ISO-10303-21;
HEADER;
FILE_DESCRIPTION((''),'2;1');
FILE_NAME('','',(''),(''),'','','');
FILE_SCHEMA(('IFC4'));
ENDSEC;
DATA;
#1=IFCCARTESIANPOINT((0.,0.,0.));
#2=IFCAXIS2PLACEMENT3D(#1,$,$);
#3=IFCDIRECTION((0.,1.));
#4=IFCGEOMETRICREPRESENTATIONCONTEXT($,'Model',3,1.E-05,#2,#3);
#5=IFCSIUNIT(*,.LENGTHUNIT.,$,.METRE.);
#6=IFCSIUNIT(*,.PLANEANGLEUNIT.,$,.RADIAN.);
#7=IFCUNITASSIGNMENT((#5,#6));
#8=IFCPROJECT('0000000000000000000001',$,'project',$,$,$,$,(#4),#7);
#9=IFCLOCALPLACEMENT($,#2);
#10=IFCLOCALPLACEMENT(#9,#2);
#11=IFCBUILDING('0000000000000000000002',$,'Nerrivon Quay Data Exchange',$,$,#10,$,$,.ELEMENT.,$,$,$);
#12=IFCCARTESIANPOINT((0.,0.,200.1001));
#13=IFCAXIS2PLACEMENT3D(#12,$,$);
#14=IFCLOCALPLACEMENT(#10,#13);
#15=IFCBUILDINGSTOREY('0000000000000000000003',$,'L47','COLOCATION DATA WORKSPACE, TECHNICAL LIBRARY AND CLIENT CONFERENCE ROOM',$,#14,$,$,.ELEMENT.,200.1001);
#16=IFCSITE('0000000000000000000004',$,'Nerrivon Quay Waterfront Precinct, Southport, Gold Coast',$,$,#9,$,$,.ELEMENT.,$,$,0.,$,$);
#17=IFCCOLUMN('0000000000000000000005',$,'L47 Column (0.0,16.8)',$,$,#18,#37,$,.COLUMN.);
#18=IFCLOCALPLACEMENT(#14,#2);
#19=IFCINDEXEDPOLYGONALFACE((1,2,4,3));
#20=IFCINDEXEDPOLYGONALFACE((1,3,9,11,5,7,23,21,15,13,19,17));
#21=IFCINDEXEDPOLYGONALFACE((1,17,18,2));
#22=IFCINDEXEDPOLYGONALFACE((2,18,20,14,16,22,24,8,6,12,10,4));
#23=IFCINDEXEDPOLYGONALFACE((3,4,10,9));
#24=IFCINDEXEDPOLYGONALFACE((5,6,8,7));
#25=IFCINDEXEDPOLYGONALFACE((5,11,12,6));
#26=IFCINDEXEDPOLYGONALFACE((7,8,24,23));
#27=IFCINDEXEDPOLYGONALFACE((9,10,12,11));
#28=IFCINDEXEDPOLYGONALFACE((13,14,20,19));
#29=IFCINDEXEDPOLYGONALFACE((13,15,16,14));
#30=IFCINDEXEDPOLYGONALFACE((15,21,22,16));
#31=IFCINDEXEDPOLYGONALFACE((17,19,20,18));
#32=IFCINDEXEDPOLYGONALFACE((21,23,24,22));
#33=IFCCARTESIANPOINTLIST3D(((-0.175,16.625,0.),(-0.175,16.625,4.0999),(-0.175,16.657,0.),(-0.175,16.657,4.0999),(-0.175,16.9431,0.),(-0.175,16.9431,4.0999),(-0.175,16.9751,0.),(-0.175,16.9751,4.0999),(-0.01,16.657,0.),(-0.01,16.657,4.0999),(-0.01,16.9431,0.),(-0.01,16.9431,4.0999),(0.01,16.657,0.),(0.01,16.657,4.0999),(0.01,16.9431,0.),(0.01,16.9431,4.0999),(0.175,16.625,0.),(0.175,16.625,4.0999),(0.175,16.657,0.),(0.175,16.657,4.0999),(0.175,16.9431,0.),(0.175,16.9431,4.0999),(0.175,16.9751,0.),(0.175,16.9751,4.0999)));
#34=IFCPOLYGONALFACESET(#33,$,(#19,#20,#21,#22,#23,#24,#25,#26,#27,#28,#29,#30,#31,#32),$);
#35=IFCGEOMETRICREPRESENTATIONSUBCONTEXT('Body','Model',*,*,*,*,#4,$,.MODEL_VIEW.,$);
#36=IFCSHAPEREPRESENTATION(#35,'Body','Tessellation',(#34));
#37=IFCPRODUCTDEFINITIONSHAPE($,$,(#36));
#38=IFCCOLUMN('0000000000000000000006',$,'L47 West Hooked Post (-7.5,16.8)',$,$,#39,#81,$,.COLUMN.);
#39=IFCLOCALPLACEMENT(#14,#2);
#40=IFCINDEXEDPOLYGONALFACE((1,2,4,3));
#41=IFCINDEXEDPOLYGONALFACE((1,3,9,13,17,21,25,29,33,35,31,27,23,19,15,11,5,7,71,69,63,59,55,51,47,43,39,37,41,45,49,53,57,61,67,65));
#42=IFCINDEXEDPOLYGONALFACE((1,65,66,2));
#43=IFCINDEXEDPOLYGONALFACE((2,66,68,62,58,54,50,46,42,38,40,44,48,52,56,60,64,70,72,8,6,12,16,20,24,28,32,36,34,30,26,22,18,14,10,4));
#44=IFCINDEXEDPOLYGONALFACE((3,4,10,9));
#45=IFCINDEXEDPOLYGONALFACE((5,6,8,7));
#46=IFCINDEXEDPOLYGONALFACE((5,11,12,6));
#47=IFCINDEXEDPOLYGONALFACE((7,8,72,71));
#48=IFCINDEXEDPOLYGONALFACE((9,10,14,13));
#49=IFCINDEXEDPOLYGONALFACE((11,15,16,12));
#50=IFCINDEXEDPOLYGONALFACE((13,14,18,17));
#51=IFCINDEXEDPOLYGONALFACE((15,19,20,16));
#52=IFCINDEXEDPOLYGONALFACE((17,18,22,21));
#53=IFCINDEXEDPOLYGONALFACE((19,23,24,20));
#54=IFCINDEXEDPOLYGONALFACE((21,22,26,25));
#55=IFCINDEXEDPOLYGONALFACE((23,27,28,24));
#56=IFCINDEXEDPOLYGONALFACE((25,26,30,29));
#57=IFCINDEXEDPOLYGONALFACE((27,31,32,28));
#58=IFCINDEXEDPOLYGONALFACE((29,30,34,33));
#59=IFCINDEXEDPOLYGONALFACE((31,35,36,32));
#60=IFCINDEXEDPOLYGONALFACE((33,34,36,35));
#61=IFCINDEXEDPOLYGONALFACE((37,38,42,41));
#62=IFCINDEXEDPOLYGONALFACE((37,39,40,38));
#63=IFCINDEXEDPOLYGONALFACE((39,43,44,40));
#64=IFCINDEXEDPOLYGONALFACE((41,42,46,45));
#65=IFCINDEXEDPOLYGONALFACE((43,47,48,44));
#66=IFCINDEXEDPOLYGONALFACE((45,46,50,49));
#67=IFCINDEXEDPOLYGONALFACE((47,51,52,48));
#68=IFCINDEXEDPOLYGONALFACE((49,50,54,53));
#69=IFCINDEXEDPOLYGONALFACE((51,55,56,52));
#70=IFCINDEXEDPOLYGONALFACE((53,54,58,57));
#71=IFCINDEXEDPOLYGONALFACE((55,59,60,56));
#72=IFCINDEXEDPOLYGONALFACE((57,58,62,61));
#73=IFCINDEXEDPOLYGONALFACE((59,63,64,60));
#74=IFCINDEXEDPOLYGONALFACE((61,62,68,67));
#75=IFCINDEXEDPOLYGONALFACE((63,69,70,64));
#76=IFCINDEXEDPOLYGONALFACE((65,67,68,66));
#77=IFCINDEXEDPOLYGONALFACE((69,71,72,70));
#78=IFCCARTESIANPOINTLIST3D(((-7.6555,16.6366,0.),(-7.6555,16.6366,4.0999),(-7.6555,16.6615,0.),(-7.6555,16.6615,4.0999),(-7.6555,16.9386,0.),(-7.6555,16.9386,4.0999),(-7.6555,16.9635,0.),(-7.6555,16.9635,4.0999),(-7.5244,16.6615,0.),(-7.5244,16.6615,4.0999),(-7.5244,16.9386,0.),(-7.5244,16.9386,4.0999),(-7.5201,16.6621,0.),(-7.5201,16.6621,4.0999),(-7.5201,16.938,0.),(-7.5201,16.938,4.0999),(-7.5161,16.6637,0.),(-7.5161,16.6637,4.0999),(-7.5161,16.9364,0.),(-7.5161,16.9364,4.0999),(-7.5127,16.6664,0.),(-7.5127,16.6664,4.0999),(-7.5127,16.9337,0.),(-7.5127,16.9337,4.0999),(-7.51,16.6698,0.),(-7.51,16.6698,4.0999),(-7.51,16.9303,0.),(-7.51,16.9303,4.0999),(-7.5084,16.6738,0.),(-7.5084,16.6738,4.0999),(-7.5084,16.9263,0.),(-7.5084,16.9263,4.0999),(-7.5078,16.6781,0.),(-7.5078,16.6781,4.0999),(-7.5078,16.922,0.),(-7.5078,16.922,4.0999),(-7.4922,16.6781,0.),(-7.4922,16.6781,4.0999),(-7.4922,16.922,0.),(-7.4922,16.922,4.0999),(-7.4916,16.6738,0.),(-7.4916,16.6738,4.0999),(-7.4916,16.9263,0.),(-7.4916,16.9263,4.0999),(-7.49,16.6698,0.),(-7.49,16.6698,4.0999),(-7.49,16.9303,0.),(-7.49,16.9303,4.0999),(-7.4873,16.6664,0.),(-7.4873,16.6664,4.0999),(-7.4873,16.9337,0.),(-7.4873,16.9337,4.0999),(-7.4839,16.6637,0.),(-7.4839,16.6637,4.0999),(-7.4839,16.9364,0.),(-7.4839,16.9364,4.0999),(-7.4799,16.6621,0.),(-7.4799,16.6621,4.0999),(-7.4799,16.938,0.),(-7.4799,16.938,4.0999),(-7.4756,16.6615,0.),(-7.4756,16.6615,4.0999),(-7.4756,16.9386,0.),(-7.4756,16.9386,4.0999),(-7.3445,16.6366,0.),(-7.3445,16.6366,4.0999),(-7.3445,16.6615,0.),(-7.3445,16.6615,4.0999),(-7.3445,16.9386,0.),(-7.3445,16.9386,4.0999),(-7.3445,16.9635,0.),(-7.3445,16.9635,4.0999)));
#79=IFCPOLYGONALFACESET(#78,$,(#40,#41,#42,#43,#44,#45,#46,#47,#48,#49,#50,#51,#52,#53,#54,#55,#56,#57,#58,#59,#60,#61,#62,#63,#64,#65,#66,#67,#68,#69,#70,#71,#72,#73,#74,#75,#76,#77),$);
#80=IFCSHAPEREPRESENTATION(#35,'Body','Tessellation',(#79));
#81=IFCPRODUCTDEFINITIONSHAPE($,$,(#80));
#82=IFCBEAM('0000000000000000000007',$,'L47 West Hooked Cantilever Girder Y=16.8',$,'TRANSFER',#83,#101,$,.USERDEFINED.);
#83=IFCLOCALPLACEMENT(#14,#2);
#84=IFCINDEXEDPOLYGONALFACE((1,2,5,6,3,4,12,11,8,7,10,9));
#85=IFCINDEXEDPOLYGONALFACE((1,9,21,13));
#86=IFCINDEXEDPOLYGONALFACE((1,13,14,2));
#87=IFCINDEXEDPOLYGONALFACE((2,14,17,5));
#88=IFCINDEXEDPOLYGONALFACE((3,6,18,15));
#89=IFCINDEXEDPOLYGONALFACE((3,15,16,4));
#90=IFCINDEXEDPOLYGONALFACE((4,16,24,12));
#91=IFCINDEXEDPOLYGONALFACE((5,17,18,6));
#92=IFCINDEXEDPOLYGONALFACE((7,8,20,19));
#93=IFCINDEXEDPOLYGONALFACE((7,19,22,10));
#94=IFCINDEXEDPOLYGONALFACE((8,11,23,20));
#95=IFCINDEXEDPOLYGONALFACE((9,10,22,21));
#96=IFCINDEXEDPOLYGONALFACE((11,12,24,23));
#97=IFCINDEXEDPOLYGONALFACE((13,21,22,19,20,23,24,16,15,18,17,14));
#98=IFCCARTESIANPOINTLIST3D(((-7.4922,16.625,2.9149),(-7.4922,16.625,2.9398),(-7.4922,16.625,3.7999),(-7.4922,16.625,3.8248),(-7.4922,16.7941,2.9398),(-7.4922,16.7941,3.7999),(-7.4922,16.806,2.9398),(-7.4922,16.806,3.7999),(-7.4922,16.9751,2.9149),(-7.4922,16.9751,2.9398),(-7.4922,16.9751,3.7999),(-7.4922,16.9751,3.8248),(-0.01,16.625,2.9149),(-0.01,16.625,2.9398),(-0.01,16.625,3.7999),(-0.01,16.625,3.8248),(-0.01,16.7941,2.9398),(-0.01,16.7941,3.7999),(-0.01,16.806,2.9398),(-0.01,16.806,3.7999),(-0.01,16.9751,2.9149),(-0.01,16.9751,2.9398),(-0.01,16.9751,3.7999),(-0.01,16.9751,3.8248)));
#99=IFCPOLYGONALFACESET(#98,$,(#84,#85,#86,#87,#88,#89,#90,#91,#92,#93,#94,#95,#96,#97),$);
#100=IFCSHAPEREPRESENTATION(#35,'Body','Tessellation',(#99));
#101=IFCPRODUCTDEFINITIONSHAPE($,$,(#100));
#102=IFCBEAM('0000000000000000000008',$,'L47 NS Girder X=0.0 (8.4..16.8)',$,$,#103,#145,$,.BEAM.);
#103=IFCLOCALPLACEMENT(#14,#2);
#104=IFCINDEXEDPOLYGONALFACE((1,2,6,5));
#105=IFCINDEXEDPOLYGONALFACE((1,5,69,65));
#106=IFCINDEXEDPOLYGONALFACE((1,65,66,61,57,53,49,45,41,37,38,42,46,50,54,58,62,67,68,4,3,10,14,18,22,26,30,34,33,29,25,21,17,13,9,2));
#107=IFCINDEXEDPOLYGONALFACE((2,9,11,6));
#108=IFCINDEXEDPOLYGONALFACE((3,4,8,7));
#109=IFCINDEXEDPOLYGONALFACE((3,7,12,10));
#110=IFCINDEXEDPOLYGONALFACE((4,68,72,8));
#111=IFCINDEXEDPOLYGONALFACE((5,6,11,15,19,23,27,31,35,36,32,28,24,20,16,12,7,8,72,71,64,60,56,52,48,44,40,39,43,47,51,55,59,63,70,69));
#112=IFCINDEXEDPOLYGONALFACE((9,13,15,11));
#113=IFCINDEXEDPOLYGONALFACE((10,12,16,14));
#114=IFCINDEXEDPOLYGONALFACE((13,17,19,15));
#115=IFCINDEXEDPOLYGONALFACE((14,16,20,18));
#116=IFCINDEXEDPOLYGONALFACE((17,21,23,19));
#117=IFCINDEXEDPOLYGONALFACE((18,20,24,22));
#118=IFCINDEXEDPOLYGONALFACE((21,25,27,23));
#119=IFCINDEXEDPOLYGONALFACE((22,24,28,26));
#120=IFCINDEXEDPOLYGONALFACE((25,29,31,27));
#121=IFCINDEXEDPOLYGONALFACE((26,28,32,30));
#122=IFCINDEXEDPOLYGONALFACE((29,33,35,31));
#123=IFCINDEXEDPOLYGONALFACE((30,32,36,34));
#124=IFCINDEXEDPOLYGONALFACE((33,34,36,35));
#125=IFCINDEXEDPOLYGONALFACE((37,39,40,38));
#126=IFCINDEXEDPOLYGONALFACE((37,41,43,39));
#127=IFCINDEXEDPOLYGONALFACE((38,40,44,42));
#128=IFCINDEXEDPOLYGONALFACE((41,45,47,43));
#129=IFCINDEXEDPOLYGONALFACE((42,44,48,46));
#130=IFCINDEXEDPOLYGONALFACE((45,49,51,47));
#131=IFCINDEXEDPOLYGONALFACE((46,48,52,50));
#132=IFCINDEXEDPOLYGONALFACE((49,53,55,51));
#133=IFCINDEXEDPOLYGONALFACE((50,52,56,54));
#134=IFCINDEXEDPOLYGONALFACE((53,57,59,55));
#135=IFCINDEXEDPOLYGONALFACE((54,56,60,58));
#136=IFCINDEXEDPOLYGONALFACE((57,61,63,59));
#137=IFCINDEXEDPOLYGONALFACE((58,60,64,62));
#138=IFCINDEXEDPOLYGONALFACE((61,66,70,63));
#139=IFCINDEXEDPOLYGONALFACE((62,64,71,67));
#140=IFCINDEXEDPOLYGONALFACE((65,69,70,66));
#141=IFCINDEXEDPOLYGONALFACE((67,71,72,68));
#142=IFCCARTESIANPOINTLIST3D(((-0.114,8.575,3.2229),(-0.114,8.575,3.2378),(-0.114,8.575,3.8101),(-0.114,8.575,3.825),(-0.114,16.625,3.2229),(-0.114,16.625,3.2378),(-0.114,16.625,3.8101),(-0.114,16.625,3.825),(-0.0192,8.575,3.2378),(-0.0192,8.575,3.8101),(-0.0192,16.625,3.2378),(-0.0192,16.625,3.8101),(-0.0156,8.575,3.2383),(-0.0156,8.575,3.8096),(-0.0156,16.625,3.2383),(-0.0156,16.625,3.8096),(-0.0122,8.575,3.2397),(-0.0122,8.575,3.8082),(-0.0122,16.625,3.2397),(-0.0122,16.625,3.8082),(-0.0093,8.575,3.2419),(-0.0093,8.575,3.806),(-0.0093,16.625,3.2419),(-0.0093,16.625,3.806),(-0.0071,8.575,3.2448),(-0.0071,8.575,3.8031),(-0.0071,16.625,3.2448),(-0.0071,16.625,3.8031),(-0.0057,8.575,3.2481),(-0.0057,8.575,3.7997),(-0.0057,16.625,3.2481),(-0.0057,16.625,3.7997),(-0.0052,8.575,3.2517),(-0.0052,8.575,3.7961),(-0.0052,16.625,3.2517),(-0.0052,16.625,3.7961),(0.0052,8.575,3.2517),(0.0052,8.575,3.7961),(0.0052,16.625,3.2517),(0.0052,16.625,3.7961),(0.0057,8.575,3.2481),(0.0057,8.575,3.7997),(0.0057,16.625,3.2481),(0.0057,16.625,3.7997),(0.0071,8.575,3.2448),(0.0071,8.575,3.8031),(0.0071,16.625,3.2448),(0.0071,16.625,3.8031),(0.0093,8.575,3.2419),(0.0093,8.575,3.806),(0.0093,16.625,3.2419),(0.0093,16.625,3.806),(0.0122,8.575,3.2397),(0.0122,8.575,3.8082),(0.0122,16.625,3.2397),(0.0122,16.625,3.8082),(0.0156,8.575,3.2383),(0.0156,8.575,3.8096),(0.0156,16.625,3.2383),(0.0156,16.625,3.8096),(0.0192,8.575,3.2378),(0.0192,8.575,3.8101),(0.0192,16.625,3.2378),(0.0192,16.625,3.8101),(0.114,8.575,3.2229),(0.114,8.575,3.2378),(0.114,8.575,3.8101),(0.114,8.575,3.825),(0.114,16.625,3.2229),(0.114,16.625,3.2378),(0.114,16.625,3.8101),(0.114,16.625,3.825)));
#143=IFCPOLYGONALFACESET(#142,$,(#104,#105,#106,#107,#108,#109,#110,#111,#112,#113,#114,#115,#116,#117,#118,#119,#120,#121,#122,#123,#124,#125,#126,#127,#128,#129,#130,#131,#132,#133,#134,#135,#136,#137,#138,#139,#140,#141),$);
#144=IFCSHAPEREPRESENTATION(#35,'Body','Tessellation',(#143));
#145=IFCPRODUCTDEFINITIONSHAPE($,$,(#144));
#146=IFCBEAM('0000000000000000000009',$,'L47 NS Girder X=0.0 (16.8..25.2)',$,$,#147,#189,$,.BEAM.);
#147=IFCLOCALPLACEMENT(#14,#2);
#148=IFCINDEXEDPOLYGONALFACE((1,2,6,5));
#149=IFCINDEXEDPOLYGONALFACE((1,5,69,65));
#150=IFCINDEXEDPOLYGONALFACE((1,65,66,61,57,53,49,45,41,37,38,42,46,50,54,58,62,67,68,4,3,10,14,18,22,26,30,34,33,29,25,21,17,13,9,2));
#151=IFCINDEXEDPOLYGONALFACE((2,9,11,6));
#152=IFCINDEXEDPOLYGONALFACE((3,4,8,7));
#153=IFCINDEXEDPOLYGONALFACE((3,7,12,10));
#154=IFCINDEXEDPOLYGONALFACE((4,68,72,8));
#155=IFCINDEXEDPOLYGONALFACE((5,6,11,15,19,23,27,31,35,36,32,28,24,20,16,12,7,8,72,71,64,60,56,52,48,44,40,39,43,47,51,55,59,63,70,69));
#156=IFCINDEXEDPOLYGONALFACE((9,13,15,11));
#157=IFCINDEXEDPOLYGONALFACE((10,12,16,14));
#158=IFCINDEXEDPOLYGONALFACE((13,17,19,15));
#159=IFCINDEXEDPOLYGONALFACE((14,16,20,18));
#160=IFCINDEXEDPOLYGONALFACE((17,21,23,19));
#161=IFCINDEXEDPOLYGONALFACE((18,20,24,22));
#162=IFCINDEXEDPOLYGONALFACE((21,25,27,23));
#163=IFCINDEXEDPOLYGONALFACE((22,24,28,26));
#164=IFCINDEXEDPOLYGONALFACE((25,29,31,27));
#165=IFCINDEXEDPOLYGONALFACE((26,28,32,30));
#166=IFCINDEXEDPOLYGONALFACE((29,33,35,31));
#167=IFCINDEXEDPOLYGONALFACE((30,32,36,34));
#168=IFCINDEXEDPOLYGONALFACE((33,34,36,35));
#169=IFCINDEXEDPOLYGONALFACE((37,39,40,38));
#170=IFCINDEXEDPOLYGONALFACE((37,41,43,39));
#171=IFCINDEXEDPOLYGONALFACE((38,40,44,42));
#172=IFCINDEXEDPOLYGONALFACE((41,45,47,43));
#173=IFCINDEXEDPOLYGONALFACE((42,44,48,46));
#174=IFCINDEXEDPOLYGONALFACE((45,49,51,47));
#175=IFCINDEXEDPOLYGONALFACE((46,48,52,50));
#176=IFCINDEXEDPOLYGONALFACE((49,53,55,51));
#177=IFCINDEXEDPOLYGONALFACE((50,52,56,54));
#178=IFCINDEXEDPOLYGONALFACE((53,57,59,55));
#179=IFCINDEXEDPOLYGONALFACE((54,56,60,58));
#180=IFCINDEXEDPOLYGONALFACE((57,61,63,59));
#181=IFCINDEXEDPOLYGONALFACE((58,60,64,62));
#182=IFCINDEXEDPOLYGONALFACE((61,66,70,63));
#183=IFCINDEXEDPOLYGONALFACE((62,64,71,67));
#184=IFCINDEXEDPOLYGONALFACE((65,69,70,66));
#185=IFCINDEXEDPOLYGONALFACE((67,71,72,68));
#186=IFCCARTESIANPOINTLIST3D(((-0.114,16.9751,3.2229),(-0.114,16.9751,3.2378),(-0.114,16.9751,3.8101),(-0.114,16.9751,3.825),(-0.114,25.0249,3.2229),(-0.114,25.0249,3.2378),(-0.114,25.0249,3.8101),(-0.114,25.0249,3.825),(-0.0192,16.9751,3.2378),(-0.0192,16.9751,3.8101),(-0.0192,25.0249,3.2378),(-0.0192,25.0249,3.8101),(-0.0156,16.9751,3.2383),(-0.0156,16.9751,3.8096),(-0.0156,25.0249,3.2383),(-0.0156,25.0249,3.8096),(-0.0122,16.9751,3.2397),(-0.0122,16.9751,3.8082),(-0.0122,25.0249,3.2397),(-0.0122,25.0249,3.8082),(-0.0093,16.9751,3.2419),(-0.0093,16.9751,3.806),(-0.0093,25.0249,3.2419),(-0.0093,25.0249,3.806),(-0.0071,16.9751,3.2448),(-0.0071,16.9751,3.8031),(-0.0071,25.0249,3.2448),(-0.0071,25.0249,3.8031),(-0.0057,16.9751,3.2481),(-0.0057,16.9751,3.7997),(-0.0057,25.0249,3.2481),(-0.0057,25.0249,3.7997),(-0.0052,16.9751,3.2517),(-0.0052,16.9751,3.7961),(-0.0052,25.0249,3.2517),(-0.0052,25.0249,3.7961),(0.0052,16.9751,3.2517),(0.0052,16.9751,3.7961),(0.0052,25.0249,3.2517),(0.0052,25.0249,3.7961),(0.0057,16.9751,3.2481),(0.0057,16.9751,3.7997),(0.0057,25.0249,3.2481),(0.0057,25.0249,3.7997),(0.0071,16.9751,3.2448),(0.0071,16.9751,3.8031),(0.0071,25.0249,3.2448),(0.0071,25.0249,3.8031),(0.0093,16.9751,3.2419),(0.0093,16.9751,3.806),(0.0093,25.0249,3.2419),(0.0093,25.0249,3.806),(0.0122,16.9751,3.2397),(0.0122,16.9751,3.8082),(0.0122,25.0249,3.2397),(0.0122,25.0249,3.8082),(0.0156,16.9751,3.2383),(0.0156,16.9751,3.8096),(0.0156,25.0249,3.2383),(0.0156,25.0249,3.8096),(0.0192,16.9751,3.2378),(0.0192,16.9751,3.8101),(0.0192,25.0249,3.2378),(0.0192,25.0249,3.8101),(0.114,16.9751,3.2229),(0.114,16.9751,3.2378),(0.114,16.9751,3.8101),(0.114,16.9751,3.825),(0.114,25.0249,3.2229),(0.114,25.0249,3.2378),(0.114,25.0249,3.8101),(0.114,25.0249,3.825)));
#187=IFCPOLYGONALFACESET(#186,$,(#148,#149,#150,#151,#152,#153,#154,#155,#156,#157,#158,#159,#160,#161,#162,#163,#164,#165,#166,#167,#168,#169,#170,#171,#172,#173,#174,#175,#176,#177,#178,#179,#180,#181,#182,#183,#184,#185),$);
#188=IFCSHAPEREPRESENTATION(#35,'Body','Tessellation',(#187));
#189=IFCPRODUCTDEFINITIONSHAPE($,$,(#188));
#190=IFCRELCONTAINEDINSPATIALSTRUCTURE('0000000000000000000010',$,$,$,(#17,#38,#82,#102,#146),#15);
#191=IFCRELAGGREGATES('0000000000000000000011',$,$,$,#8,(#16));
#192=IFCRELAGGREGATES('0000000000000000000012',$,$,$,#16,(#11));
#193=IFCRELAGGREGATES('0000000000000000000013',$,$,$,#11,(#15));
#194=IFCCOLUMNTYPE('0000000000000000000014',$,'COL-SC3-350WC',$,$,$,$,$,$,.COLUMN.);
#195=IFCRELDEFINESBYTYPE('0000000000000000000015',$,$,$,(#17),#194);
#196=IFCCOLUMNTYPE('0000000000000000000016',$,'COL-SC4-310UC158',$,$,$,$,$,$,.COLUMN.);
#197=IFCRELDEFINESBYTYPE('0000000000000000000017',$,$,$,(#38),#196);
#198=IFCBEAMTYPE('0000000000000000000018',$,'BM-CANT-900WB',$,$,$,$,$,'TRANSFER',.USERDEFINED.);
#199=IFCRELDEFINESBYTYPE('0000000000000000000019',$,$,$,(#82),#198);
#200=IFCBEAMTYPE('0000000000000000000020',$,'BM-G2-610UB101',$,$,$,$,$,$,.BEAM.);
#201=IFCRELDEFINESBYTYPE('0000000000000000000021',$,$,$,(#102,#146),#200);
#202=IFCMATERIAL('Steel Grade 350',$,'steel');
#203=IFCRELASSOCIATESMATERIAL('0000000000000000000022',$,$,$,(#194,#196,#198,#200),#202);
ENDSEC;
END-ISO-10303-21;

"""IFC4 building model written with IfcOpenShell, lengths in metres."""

from ifc_helpers import new_model, si_unit, direction, frame, origin, origin_2d, place, context, subcontext, project, spatial, i_section, extrude, material, material_profile, profile_set, type_object, element, save


model = new_model("IFC4")

# Units and contexts
model_context = context("Model", 3, precision=1e-05, world=origin(), true_north=direction((0.0, 1.0)))
body_context = subcontext(model_context, "Body", "Model", "MODEL_VIEW")
ifc_project = project(units=[si_unit("LENGTHUNIT", "METRE"), si_unit("PLANEANGLEUNIT", "RADIAN")], contexts=[model_context])

# Site, building, storey
site_placement = place(None, origin())
site = spatial("IfcSite", under=ifc_project, at=site_placement, Name="Nerrivon Quay Waterfront Precinct, Southport, Gold Coast", CompositionType="ELEMENT", RefElevation=0.0)
building_placement = place(site_placement, origin())
building = spatial("IfcBuilding", under=site, at=building_placement, Name="Nerrivon Quay Data Exchange", CompositionType="ELEMENT")
storey_placement = place(building_placement, frame((0.0, 0.0, 200.1001)))
storey = spatial("IfcBuildingStorey", under=building, at=storey_placement, Name="L47", Description="COLOCATION DATA WORKSPACE, TECHNICAL LIBRARY AND CLIENT CONFERENCE ROOM", CompositionType="ELEMENT", Elevation=200.1001)

# Columns
ifc_material_1 = material(Name="Steel Grade 350", Category="steel")
ifc_material_profile_1 = material_profile(ifc_material_1, i_section(OverallWidth=0.3501, OverallDepth=0.3501, WebThickness=0.02, FlangeThickness=0.032, at=origin_2d()), Name="350WC230")
ifc_profile_set_1 = profile_set([ifc_material_profile_1], Name="Steel Grade 350")
column_type_1 = type_object("IfcColumnType", Name="COL-SC3-350WC", PredefinedType="COLUMN", material=ifc_profile_set_1)
column_1_placement = place(storey_placement, frame((0.0, 16.8, 0.0), z_axis=(0.0, 0.0, 1.0), x_axis=(1.0, 0.0, 0.0)))
element("IfcColumn", 1, at=column_1_placement, inside=storey, type_object=column_type_1, Name="L47 Column (0.0,16.8)", PredefinedType="COLUMN", context=body_context, shape_type="SweptSolid", body=[
    extrude(i_section(OverallWidth=0.3501, OverallDepth=0.3501, WebThickness=0.02, FlangeThickness=0.032, at=origin_2d()), origin(), (0.0, 0.0, 1.0), 4.0999),
])
ifc_material_profile_2 = material_profile(ifc_material_1, i_section(OverallWidth=0.311, OverallDepth=0.3269, WebThickness=0.0156, FlangeThickness=0.0249, FilletRadius=0.0166, at=origin_2d()), Name="310UC158")
ifc_profile_set_2 = profile_set([ifc_material_profile_2], Name="Steel Grade 350")
column_type_2 = type_object("IfcColumnType", Name="COL-SC4-310UC158", PredefinedType="COLUMN", material=ifc_profile_set_2)
column_2_placement = place(storey_placement, frame((-7.5, 16.8, 0.0), z_axis=(0.0, 0.0, 1.0), x_axis=(1.0, 0.0, 0.0)))
element("IfcColumn", 2, at=column_2_placement, inside=storey, type_object=column_type_2, Name="L47 West Hooked Post (-7.5,16.8)", PredefinedType="COLUMN", context=body_context, shape_type="SweptSolid", body=[
    extrude(i_section(OverallWidth=0.311, OverallDepth=0.3269, WebThickness=0.0156, FlangeThickness=0.0249, FilletRadius=0.0166, at=origin_2d()), origin(), (0.0, 0.0, 1.0), 4.0999),
])

# Beams
ifc_material_profile_3 = material_profile(ifc_material_1, i_section(OverallWidth=0.3501, OverallDepth=0.9099, WebThickness=0.012, FlangeThickness=0.0249, at=origin_2d()), Name="900WB218")
ifc_profile_set_3 = profile_set([ifc_material_profile_3], Name="Steel Grade 350")
beam_type_1 = type_object("IfcBeamType", Name="BM-CANT-900WB", ElementType="TRANSFER", PredefinedType="USERDEFINED", material=ifc_profile_set_3)
beam_1_placement = place(storey_placement, frame((-0.01, 16.8, 3.3699), z_axis=(-1.0, 0.0, 0.0), x_axis=(0.0, -1.0, 0.0)))
element("IfcBeam", 3, at=beam_1_placement, inside=storey, type_object=beam_type_1, Name="L47 West Hooked Cantilever Girder Y=16.8", ObjectType="TRANSFER", PredefinedType="USERDEFINED", context=body_context, shape_type="SweptSolid", body=[
    extrude(i_section(OverallWidth=0.3501, OverallDepth=0.9099, WebThickness=0.012, FlangeThickness=0.0249, at=origin_2d()), origin(), (0.0, 0.0, 1.0), 7.4822),
])
ifc_material_profile_4 = material_profile(ifc_material_1, i_section(OverallWidth=0.228, OverallDepth=0.6021, WebThickness=0.0105, FlangeThickness=0.0149, FilletRadius=0.0139, at=origin_2d()), Name="610UB101")
ifc_profile_set_4 = profile_set([ifc_material_profile_4], Name="Steel Grade 350")
beam_type_2 = type_object("IfcBeamType", Name="BM-G2-610UB101", PredefinedType="BEAM", material=ifc_profile_set_4)
beam_2_placement = place(storey_placement, frame((0.0, 8.575, 3.5239), z_axis=(0.0, 1.0, 0.0), x_axis=(-1.0, 0.0, 0.0)))
element("IfcBeam", 4, at=beam_2_placement, inside=storey, type_object=beam_type_2, Name="L47 NS Girder X=0.0 (8.4..16.8)", PredefinedType="BEAM", context=body_context, shape_type="SweptSolid", body=[
    extrude(i_section(OverallWidth=0.228, OverallDepth=0.6021, WebThickness=0.0105, FlangeThickness=0.0149, FilletRadius=0.0139, at=origin_2d()), origin(), (0.0, 0.0, 1.0), 8.05),
])
beam_3_placement = place(storey_placement, frame((0.0, 16.9751, 3.5239), z_axis=(0.0, 1.0, 0.0), x_axis=(-1.0, 0.0, 0.0)))
element("IfcBeam", 5, at=beam_3_placement, inside=storey, type_object=beam_type_2, Name="L47 NS Girder X=0.0 (16.8..25.2)", PredefinedType="BEAM", context=body_context, shape_type="SweptSolid", body=[
    extrude(i_section(OverallWidth=0.228, OverallDepth=0.6021, WebThickness=0.0105, FlangeThickness=0.0149, FilletRadius=0.0139, at=origin_2d()), origin(), (0.0, 0.0, 1.0), 8.0498),
])

save(model, "model.ifc")
